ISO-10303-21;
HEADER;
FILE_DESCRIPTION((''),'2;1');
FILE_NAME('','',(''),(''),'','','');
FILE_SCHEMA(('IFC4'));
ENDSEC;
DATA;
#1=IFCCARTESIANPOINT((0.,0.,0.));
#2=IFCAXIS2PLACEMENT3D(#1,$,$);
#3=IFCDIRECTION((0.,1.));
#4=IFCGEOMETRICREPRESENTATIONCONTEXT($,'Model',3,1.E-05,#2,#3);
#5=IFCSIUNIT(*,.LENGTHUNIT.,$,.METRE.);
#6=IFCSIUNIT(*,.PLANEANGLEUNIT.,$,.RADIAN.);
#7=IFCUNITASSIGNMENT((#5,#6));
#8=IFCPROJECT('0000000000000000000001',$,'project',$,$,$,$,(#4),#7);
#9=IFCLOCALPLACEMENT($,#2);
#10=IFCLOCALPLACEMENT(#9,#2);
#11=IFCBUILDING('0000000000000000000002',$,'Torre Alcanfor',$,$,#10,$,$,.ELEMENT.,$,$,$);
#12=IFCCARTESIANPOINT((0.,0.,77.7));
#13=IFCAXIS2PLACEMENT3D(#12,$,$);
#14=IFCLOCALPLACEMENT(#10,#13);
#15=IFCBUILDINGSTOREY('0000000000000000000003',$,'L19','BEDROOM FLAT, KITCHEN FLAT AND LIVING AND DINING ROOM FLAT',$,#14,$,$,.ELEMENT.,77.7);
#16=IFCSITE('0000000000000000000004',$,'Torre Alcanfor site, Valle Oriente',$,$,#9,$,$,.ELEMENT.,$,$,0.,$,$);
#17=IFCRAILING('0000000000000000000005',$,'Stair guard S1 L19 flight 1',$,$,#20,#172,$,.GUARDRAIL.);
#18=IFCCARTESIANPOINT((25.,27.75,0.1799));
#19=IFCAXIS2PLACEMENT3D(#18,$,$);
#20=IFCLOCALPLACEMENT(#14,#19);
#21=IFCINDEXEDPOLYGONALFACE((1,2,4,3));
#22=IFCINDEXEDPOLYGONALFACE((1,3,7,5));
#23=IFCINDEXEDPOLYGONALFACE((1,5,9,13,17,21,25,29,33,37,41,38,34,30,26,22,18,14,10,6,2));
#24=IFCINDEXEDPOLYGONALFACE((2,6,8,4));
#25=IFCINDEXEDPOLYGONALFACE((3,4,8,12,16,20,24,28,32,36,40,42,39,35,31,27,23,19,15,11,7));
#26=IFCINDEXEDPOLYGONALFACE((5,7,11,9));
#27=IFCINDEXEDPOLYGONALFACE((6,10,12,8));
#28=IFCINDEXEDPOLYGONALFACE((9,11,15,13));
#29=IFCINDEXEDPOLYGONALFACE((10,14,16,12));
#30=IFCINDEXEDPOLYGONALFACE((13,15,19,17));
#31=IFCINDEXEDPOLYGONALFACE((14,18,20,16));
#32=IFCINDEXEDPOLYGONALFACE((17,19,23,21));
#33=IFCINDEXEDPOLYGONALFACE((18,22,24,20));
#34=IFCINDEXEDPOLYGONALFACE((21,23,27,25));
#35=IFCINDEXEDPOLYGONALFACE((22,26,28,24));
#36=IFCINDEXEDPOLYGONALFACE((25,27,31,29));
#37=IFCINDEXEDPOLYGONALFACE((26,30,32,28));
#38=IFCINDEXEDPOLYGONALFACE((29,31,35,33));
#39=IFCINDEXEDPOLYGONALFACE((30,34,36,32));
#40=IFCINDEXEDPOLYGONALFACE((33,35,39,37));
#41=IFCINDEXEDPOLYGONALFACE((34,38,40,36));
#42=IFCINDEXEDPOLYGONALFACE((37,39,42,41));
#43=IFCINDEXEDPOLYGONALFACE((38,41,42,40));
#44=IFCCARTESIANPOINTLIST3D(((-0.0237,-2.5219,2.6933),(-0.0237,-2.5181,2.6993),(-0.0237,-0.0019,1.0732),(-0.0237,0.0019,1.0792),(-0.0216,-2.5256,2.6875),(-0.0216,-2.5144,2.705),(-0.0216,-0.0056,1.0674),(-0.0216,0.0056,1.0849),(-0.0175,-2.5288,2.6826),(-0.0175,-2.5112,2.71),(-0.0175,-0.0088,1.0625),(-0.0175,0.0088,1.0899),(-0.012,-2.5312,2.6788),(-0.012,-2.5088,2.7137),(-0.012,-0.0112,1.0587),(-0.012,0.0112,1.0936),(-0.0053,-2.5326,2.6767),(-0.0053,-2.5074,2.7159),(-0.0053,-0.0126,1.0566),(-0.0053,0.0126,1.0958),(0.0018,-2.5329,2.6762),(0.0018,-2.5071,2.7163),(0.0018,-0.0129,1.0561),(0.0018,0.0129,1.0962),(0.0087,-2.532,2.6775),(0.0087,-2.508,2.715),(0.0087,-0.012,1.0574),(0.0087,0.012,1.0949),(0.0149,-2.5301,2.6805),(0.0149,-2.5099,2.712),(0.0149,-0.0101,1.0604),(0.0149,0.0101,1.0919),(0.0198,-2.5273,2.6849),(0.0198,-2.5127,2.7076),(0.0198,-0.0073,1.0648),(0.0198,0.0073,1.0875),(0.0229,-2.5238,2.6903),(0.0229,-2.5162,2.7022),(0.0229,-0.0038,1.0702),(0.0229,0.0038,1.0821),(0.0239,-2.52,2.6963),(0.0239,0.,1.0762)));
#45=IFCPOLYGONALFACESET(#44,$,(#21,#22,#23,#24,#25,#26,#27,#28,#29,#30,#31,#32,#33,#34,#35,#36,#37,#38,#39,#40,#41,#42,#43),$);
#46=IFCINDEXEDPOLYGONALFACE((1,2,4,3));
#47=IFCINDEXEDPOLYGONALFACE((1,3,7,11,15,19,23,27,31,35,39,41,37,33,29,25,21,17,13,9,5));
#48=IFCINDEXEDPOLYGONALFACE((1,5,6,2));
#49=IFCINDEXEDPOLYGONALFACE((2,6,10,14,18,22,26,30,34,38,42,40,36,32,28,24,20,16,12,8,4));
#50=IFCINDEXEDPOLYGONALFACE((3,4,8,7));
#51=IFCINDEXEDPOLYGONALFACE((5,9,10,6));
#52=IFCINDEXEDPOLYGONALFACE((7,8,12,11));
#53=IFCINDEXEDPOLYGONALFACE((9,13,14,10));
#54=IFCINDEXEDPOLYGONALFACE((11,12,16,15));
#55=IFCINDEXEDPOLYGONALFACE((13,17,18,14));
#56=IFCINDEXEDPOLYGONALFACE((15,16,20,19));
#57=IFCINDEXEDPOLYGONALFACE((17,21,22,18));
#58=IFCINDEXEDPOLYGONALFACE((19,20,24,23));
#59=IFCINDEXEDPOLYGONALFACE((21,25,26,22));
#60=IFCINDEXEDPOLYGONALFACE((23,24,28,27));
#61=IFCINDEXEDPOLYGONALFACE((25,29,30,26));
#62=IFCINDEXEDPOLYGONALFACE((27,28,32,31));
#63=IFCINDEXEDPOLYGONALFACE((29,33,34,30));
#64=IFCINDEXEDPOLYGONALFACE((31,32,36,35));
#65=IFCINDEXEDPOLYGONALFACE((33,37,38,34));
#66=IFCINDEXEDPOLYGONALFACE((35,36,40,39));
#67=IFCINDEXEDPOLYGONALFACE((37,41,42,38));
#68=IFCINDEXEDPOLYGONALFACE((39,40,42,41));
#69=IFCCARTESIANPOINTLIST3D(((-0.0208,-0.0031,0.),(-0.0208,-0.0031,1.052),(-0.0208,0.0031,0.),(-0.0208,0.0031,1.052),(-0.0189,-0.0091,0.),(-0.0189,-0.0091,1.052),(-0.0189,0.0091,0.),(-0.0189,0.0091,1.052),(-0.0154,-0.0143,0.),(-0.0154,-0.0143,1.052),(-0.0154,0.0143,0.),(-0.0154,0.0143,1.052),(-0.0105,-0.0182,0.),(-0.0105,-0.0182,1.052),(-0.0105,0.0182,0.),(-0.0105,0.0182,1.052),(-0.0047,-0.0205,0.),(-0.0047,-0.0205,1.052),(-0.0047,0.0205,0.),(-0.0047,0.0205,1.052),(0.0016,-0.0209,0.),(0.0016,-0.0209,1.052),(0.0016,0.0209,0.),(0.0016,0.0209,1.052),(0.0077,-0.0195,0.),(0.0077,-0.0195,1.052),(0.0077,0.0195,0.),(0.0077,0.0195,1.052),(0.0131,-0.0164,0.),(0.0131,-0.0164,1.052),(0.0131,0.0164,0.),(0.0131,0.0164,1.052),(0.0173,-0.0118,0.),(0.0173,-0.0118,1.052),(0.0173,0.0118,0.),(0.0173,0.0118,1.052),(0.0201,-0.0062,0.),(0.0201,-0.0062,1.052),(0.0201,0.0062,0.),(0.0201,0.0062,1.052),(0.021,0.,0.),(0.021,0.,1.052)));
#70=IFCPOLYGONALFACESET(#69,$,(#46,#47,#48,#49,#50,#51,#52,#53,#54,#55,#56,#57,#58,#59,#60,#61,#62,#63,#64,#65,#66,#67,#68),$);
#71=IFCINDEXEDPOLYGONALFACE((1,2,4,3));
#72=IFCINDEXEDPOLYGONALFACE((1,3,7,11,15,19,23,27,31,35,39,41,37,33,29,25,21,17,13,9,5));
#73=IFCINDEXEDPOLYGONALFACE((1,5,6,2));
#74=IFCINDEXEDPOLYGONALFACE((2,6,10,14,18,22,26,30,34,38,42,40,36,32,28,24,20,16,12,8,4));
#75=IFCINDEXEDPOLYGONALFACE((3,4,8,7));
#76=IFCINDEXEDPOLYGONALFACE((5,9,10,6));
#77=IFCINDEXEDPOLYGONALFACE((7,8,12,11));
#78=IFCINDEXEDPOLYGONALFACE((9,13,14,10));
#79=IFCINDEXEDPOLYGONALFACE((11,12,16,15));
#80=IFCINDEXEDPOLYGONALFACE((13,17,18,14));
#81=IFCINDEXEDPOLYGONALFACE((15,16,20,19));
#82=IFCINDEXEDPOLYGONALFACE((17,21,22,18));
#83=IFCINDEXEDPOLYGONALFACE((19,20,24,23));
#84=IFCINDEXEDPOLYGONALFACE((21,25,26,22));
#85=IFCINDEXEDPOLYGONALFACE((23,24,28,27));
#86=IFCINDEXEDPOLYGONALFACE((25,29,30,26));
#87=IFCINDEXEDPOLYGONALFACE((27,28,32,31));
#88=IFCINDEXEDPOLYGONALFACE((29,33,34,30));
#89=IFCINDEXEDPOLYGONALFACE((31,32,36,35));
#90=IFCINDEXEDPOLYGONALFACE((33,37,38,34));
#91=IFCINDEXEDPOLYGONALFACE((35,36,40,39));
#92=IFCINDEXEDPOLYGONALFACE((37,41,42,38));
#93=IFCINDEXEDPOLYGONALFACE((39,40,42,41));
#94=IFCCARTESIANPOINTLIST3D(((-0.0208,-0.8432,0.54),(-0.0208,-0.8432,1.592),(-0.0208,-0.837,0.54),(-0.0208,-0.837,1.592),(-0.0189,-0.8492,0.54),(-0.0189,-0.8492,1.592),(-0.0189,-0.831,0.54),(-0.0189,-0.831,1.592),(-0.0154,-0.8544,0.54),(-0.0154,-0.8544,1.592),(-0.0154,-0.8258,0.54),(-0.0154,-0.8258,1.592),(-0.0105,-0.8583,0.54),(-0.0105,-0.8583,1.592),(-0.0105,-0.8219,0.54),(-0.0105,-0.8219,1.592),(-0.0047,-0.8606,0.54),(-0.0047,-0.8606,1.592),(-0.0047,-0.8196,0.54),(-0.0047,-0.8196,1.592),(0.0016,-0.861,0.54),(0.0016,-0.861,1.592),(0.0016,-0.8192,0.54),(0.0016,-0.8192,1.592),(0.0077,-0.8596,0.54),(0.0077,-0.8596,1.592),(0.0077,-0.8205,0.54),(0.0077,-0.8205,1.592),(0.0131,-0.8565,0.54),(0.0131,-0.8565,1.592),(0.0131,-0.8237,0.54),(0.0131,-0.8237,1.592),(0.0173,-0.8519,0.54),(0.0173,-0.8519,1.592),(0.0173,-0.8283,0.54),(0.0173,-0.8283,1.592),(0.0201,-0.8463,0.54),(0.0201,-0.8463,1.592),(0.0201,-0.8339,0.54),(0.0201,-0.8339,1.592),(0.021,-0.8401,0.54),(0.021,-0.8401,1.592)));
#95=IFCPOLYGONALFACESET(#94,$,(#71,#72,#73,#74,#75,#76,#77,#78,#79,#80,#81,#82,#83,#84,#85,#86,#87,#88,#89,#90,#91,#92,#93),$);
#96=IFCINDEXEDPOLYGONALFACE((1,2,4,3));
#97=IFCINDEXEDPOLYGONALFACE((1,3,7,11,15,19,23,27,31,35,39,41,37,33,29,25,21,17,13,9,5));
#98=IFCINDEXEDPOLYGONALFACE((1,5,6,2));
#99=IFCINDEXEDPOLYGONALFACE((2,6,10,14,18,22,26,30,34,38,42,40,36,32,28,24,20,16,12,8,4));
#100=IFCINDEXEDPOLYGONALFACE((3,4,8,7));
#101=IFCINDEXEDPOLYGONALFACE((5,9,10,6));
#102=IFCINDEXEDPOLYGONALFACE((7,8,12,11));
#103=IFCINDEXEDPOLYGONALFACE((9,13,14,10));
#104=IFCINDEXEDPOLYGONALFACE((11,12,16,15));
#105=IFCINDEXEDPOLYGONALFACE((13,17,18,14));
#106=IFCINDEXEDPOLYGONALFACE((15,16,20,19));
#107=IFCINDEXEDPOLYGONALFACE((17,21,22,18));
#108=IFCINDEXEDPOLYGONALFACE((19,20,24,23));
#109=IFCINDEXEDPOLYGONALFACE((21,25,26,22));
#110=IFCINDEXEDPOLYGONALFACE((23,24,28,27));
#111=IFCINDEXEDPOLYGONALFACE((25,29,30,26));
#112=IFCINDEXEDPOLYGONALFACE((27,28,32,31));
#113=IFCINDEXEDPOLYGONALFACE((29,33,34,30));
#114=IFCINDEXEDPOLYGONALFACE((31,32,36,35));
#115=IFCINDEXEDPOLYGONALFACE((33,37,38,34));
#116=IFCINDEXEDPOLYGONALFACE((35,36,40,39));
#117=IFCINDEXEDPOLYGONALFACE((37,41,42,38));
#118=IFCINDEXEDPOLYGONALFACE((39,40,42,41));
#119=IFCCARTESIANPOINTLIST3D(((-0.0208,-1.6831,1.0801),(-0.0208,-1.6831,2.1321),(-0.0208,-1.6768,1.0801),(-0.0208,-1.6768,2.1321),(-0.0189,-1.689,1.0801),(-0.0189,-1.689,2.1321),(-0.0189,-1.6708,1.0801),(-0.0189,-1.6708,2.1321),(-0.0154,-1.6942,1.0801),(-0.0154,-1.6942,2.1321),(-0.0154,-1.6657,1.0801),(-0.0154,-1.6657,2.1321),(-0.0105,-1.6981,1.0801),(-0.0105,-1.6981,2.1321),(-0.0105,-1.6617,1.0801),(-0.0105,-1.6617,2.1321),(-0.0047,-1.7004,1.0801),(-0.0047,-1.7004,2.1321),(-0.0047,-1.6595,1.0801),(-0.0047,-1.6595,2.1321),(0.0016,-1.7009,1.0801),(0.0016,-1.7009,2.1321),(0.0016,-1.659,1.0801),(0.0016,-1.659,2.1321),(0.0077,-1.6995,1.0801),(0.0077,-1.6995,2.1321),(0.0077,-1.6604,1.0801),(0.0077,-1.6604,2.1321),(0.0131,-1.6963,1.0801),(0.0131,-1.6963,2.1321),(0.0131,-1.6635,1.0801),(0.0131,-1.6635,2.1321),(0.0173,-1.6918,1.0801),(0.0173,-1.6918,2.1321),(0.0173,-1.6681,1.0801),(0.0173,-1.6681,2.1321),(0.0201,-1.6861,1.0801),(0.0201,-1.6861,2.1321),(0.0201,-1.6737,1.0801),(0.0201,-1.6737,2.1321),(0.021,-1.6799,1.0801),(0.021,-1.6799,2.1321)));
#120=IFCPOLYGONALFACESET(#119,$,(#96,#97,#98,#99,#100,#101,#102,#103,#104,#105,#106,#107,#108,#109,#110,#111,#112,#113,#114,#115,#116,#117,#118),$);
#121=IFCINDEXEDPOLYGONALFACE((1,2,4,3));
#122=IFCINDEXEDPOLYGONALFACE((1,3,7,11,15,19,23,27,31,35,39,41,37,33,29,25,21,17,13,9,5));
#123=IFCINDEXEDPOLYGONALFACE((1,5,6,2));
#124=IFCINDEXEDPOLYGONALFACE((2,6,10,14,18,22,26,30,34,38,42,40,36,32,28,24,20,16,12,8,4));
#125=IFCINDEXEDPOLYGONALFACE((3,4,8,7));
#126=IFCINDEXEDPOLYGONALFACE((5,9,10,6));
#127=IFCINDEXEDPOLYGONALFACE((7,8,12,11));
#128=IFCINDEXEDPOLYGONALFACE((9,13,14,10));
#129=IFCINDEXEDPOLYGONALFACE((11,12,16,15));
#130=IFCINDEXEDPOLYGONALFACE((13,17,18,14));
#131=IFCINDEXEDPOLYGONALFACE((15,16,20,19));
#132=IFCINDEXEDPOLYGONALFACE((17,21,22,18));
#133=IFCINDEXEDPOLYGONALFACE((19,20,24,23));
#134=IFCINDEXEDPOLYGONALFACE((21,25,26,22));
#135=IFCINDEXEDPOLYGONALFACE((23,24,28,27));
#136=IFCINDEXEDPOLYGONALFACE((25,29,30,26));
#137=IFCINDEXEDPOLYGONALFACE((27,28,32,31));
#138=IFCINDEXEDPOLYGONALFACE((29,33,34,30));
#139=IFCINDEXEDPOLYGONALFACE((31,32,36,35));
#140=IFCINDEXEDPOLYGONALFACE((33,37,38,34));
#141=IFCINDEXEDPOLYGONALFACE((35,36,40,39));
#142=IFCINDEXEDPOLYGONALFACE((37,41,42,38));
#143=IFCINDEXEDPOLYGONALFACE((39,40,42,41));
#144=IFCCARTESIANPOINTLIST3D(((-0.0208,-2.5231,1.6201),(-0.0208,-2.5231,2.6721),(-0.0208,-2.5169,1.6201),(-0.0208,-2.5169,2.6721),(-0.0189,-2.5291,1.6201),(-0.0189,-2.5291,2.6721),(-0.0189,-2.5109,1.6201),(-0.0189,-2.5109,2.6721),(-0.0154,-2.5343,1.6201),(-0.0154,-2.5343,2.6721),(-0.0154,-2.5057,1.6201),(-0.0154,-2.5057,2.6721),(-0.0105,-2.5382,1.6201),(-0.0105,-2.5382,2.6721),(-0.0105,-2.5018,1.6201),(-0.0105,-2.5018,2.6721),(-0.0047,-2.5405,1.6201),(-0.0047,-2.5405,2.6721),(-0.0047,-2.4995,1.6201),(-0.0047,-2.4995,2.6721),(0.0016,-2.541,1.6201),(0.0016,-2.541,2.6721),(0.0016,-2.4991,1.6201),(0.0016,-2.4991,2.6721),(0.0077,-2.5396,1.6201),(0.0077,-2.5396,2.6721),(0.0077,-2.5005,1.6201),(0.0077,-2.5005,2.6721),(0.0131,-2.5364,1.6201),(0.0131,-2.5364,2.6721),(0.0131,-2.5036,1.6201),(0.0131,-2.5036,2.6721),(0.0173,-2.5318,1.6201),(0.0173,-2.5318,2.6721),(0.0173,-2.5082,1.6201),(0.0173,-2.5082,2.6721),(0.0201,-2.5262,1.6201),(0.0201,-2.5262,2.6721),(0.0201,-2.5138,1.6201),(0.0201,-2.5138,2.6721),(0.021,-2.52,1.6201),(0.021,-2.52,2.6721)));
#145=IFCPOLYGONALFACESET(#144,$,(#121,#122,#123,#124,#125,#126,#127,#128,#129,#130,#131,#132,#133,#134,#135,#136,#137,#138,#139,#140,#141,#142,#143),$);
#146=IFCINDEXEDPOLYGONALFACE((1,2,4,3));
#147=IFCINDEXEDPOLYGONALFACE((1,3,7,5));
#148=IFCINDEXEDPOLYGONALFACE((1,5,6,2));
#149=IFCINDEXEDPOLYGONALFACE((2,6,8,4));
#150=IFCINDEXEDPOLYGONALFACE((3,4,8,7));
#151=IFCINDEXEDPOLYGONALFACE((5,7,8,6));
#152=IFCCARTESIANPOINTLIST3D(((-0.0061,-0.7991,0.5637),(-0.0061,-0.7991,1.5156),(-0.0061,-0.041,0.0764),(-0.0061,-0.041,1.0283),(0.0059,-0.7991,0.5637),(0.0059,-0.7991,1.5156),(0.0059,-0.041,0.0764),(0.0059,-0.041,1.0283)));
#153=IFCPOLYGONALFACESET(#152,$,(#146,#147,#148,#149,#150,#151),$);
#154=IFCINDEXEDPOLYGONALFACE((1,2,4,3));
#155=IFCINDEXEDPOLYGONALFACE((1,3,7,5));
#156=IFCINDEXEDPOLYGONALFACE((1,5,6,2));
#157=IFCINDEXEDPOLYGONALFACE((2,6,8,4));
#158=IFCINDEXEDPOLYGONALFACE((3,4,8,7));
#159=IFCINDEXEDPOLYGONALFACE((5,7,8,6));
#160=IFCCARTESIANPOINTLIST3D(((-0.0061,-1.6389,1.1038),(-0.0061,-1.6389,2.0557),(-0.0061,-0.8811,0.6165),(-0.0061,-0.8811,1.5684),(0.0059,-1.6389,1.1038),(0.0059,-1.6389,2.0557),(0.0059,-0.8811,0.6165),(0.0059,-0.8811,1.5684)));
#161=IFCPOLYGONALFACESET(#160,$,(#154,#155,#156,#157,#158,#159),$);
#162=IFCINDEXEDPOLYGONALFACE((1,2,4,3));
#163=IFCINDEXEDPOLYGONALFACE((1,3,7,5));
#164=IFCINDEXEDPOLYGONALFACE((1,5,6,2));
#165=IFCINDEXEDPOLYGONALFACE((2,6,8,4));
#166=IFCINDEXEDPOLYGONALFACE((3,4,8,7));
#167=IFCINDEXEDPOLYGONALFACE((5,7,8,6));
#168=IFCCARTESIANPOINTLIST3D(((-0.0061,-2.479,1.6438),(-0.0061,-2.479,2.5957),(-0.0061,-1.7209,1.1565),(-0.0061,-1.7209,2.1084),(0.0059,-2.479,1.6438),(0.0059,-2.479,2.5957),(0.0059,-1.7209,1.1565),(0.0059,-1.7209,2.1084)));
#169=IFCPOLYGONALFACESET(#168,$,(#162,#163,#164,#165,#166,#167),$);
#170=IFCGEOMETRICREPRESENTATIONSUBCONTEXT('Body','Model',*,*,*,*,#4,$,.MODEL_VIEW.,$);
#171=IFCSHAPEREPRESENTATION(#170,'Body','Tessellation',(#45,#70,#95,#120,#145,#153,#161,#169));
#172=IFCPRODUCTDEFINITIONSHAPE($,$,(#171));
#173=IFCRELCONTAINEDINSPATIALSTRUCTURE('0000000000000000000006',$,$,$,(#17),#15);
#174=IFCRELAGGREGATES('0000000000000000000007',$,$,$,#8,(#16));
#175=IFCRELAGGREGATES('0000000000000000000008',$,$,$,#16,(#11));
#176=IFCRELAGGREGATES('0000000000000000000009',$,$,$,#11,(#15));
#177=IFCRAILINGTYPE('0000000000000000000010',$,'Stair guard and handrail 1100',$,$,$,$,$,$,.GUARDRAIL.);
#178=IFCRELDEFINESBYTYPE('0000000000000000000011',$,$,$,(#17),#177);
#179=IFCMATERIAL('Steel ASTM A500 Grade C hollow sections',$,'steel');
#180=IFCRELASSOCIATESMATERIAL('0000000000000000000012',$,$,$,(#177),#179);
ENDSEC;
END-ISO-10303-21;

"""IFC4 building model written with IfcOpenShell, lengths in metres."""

from ifc_helpers import new_model, si_unit, direction, frame, origin, origin_2d, place, context, subcontext, project, spatial, polyline, circle, outline, extrude, material, type_object, element, save


model = new_model("IFC4")

# Units and contexts
model_context = context("Model", 3, precision=1e-05, world=origin(), true_north=direction((0.0, 1.0)))
body_context = subcontext(model_context, "Body", "Model", "MODEL_VIEW")
ifc_project = project(units=[si_unit("LENGTHUNIT", "METRE"), si_unit("PLANEANGLEUNIT", "RADIAN")], contexts=[model_context])

# Site, building, storey
site_placement = place(None, origin())
site = spatial("IfcSite", under=ifc_project, at=site_placement, Name="Torre Alcanfor site, Valle Oriente", CompositionType="ELEMENT", RefElevation=0.0)
building_placement = place(site_placement, origin())
building = spatial("IfcBuilding", under=site, at=building_placement, Name="Torre Alcanfor", CompositionType="ELEMENT")
storey_placement = place(building_placement, frame((0.0, 0.0, 77.7)))
storey = spatial("IfcBuildingStorey", under=building, at=storey_placement, Name="L19", Description="BEDROOM FLAT, KITCHEN FLAT AND LIVING AND DINING ROOM FLAT", CompositionType="ELEMENT", Elevation=77.7)

# Railing
ifc_material_1 = material(Name="Steel ASTM A500 Grade C hollow sections", Category="steel")
railing_type_1 = type_object("IfcRailingType", Name="Stair guard and handrail 1100", PredefinedType="GUARDRAIL", material=ifc_material_1)
railing_1_placement = place(storey_placement, frame((25.0, 27.75, 0.1799)))
element("IfcRailing", 1, at=railing_1_placement, inside=storey, type_object=railing_type_1, Name="Stair guard S1 L19 flight 1", PredefinedType="GUARDRAIL", context=body_context, shape_type="SweptSolid", body=[
    extrude(circle(Radius=0.0239, at=origin_2d()), frame((0.0, 0.0, 1.0762), z_axis=(0.0, -0.841163, 0.540782), x_axis=(1.0, 0.0, 0.0)), (0.0, 0.0, 1.0), 2.9958),
    extrude(circle(Radius=0.021, at=origin_2d()), origin(), (0.0, 0.0, 1.0), 1.052),
    extrude(circle(Radius=0.021, at=origin_2d()), frame((0.0, -0.8401, 0.54)), (0.0, 0.0, 1.0), 1.052),
    extrude(circle(Radius=0.021, at=origin_2d()), frame((0.0, -1.6799, 1.0801)), (0.0, 0.0, 1.0), 1.052),
    extrude(circle(Radius=0.021, at=origin_2d()), frame((0.0, -2.52, 1.6201)), (0.0, 0.0, 1.0), 1.052),
    extrude(outline(polyline([(0.041, 0.0764), (0.7991, 0.5637), (0.7991, 1.5156), (0.041, 1.0283), (0.041, 0.0764)])), frame((0.0059, 0.0, 0.0), z_axis=(-1.0, 0.0, 0.0), x_axis=(0.0, -1.0, 0.0)), (0.0, 0.0, 1.0), 0.012),
    extrude(outline(polyline([(0.8811, 0.6165), (1.6389, 1.1038), (1.6389, 2.0557), (0.8811, 1.5684), (0.8811, 0.6165)])), frame((0.0059, 0.0, 0.0), z_axis=(-1.0, 0.0, 0.0), x_axis=(0.0, -1.0, 0.0)), (0.0, 0.0, 1.0), 0.012),
    extrude(outline(polyline([(1.7209, 1.1565), (2.479, 1.6438), (2.479, 2.5957), (1.7209, 2.1084), (1.7209, 1.1565)])), frame((0.0059, 0.0, 0.0), z_axis=(-1.0, 0.0, 0.0), x_axis=(0.0, -1.0, 0.0)), (0.0, 0.0, 1.0), 0.012),
])

save(model, "model.ifc")
